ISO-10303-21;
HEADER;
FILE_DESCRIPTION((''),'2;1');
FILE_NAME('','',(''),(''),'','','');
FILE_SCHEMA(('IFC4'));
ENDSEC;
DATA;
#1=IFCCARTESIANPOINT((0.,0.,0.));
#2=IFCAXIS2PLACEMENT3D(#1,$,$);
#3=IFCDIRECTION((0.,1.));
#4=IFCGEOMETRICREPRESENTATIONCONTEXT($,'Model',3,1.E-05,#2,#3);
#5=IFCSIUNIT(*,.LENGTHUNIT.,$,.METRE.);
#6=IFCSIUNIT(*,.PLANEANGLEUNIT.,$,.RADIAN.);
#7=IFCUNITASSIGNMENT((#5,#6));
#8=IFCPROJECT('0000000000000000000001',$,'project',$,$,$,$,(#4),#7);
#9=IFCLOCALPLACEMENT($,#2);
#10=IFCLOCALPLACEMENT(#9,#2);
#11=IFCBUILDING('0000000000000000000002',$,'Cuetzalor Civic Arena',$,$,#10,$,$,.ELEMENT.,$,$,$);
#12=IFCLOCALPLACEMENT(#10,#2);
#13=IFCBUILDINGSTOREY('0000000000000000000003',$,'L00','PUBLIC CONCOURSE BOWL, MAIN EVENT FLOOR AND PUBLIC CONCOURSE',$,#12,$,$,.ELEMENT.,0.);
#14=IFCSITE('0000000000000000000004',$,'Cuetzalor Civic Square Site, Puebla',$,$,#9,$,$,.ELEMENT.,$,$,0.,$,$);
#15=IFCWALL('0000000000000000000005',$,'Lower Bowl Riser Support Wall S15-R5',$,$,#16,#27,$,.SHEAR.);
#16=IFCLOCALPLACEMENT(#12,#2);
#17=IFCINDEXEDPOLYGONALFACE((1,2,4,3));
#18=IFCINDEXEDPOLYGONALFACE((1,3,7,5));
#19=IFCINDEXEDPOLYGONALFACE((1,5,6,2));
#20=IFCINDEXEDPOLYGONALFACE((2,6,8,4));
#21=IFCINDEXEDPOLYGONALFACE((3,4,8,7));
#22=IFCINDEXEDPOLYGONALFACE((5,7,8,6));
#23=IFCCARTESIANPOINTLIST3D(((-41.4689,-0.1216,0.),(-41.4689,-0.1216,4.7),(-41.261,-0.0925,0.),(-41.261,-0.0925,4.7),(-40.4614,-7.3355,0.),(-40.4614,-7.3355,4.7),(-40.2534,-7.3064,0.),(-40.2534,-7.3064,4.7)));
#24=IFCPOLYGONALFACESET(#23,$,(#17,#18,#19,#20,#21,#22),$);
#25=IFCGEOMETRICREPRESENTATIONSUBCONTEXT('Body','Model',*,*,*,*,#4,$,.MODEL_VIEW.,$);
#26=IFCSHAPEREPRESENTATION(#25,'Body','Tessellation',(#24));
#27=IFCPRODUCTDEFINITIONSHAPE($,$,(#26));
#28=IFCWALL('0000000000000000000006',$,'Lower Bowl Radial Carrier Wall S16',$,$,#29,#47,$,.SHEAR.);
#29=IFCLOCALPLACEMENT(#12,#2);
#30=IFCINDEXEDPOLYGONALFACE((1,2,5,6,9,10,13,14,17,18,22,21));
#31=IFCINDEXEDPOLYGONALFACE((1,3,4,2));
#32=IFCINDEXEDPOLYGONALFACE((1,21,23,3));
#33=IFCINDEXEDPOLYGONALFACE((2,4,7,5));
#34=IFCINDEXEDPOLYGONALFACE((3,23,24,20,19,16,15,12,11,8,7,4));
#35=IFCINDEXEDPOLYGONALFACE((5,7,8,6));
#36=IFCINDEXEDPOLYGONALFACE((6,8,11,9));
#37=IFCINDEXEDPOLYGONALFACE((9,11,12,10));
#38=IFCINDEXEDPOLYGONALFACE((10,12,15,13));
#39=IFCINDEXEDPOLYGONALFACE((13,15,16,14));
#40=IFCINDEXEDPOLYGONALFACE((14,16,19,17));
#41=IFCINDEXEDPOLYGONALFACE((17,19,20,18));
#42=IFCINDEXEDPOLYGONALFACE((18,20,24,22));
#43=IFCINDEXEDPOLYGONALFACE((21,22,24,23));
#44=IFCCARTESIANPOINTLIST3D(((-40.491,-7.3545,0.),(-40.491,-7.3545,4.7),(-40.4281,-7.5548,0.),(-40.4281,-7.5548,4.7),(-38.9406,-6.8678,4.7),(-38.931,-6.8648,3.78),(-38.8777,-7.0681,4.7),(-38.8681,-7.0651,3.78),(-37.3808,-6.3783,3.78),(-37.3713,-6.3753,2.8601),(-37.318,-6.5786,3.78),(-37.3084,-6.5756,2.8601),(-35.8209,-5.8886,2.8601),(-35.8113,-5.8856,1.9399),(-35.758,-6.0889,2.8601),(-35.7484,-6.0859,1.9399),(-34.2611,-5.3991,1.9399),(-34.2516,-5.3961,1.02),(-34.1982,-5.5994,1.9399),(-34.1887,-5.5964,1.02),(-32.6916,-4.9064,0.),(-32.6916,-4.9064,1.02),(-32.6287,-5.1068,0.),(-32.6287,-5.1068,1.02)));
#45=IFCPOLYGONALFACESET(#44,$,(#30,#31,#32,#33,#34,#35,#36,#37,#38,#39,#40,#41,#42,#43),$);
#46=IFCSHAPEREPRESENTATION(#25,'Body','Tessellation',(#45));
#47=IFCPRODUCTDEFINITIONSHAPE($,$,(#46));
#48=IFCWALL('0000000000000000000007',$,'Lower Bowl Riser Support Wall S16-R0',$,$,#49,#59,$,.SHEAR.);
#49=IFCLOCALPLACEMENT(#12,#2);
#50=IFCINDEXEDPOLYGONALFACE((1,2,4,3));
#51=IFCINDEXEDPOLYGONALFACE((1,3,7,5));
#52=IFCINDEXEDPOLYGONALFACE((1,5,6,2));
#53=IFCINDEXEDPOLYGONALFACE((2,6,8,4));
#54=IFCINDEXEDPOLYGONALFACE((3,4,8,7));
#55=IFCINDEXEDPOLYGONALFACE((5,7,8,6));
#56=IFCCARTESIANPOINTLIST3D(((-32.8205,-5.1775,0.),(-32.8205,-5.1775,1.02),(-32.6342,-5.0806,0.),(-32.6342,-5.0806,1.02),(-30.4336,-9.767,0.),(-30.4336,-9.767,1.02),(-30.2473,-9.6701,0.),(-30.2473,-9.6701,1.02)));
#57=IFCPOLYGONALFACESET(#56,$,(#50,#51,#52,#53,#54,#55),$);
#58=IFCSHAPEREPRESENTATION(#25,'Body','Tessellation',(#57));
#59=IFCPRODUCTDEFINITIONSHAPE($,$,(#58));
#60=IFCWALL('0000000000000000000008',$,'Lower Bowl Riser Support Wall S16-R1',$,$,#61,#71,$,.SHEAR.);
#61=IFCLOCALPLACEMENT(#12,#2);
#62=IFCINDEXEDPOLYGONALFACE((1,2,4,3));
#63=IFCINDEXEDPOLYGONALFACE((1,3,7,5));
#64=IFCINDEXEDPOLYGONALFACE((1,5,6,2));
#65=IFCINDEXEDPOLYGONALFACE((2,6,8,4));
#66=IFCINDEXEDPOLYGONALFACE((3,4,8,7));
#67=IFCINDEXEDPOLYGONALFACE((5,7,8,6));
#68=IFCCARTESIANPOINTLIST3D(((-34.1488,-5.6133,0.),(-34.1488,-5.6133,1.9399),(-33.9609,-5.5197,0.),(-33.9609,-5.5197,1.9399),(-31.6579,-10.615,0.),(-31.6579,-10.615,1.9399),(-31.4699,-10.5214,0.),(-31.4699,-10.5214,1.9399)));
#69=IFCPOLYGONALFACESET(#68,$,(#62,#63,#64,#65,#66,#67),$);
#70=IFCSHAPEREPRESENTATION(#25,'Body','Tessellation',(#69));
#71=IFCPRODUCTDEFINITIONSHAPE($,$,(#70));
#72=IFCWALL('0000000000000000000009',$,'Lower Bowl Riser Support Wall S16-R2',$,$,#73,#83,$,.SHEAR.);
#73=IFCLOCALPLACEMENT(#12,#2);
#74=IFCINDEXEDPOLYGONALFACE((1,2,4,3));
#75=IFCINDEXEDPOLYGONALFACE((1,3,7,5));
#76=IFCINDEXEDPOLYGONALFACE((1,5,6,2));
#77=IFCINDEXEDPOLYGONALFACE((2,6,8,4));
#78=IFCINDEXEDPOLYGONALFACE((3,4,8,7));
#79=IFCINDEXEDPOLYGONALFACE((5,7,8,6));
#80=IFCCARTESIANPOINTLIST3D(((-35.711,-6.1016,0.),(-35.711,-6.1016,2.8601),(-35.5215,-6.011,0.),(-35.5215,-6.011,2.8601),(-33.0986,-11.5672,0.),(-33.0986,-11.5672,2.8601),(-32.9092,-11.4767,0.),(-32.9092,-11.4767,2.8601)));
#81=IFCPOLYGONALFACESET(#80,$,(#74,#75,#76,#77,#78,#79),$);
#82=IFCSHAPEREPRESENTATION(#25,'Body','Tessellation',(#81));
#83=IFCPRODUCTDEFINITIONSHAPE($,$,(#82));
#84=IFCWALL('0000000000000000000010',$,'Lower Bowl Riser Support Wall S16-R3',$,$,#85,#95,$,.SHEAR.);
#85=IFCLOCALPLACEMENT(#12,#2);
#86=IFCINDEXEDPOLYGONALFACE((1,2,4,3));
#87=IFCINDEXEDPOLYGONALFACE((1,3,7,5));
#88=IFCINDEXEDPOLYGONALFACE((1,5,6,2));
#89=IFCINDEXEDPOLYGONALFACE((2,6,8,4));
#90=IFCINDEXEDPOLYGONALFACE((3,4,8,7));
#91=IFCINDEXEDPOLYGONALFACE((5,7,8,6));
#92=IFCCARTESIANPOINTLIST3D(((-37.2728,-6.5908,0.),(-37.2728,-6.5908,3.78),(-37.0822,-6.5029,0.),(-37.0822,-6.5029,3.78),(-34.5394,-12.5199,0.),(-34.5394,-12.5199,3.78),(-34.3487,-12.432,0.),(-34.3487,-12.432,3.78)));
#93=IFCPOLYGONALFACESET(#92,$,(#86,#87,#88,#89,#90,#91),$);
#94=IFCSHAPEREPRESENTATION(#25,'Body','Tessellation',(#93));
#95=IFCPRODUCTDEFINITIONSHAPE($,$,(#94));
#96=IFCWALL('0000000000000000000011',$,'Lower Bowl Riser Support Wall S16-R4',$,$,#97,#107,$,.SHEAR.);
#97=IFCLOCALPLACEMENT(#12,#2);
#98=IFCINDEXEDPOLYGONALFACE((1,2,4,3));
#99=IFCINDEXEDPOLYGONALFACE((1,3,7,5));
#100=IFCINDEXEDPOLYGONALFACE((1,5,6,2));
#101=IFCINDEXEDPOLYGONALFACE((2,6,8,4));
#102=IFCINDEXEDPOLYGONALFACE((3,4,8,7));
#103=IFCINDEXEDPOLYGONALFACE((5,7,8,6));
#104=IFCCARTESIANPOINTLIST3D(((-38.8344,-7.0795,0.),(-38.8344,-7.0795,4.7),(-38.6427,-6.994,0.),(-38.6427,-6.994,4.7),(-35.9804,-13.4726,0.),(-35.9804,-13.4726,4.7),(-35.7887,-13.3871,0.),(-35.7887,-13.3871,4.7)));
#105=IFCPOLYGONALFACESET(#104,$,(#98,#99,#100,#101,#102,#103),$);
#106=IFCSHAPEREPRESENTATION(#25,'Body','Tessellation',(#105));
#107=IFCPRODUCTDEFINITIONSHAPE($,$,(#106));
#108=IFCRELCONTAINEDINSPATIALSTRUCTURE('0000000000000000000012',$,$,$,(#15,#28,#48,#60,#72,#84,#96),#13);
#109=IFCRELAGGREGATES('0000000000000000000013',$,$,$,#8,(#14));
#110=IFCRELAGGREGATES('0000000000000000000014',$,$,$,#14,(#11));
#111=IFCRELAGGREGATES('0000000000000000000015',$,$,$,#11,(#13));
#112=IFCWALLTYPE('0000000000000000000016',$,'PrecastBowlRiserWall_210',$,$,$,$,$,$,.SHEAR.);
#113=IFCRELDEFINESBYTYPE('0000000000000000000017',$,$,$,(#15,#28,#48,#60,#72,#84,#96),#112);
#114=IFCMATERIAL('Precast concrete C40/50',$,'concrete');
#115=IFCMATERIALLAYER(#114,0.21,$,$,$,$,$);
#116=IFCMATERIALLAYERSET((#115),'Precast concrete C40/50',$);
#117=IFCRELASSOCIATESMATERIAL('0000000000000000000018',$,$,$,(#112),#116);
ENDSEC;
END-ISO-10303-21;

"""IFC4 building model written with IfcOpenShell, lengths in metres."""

from ifc_helpers import new_model, si_unit, direction, frame, frame_2d, origin, place, context, subcontext, project, spatial, polyline, rectangle, outline, extrude, material, layer, layer_set, type_object, element, save


model = new_model("IFC4")

# Units and contexts
model_context = context("Model", 3, precision=1e-05, world=origin(), true_north=direction((0.0, 1.0)))
body_context = subcontext(model_context, "Body", "Model", "MODEL_VIEW")
ifc_project = project(units=[si_unit("LENGTHUNIT", "METRE"), si_unit("PLANEANGLEUNIT", "RADIAN")], contexts=[model_context])

# Site, building, storey
site_placement = place(None, origin())
site = spatial("IfcSite", under=ifc_project, at=site_placement, Name="Cuetzalor Civic Square Site, Puebla", CompositionType="ELEMENT", RefElevation=0.0)
building_placement = place(site_placement, origin())
building = spatial("IfcBuilding", under=site, at=building_placement, Name="Cuetzalor Civic Arena", CompositionType="ELEMENT")
storey_placement = place(building_placement, origin())
storey = spatial("IfcBuildingStorey", under=building, at=storey_placement, Name="L00", Description="PUBLIC CONCOURSE BOWL, MAIN EVENT FLOOR AND PUBLIC CONCOURSE", CompositionType="ELEMENT", Elevation=0.0)

# Walls
ifc_material_1 = material(Name="Precast concrete C40/50", Category="concrete")
ifc_layer = layer(ifc_material_1, 0.21)
ifc_layer_set = layer_set([ifc_layer], Name="Precast concrete C40/50")
wall_type = type_object("IfcWallType", Name="PrecastBowlRiserWall_210", PredefinedType="SHEAR", material=ifc_layer_set)
wall_1_placement = place(storey_placement, frame((-41.365, -0.1069, 0.0), z_axis=(0.0, 0.0, 1.0), x_axis=(0.138328, -0.990386, 0.0)))
element("IfcWall", 1, at=wall_1_placement, inside=storey, type_object=wall_type, Name="Lower Bowl Riser Support Wall S15-R5", PredefinedType="SHEAR", context=body_context, shape_type="SweptSolid", body=[
    extrude(rectangle(XDim=7.2839, YDim=0.21, at=frame_2d((3.6421, 0.0))), origin(), (0.0, 0.0, 1.0), 4.7),
])
wall_2_placement = place(storey_placement, frame((-32.6602, -5.0066, 0.0), z_axis=(0.0, 0.0, 1.0), x_axis=(-0.954106, -0.299469, 0.0)))
element("IfcWall", 2, at=wall_2_placement, inside=storey, type_object=wall_type, Name="Lower Bowl Radial Carrier Wall S16", PredefinedType="SHEAR", context=body_context, shape_type="SweptSolid", body=[
    extrude(outline(polyline([(0.0, 0.0), (8.1746, 0.0), (8.1746, 4.7), (6.5496, 4.7), (6.5396, 3.78), (4.9148, 3.78), (4.9048, 2.8601), (3.2798, 2.8601), (3.2698, 1.9399), (1.645, 1.9399), (1.635, 1.02), (0.0, 1.02), (0.0, 0.0)])), frame((0.0, 0.105, 0.0), z_axis=(0.0, -1.0, 0.0), x_axis=(1.0, 0.0, 0.0)), (0.0, 0.0, 1.0), 0.21),
])
wall_3_placement = place(storey_placement, frame((-32.7273, -5.1292, 0.0), z_axis=(0.0, 0.0, 1.0), x_axis=(0.461409, -0.887187, 0.0)))
element("IfcWall", 3, at=wall_3_placement, inside=storey, type_object=wall_type, Name="Lower Bowl Riser Support Wall S16-R0", PredefinedType="SHEAR", context=body_context, shape_type="SweptSolid", body=[
    extrude(rectangle(XDim=5.1731, YDim=0.21, at=frame_2d((2.5864, 0.0))), origin(), (0.0, 0.0, 1.0), 1.02),
])
wall_4_placement = place(storey_placement, frame((-34.0549, -5.5664, 0.0), z_axis=(0.0, 0.0, 1.0), x_axis=(0.445797, -0.895134, 0.0)))
element("IfcWall", 4, at=wall_4_placement, inside=storey, type_object=wall_type, Name="Lower Bowl Riser Support Wall S16-R1", PredefinedType="SHEAR", context=body_context, shape_type="SweptSolid", body=[
    extrude(rectangle(XDim=5.5876, YDim=0.21, at=frame_2d((2.7939, 0.0))), origin(), (0.0, 0.0, 1.0), 1.9399),
])
wall_5_placement = place(storey_placement, frame((-35.6162, -6.0564, 0.0), z_axis=(0.0, 0.0, 1.0), x_axis=(0.431232, -0.902241, 0.0)))
element("IfcWall", 5, at=wall_5_placement, inside=storey, type_object=wall_type, Name="Lower Bowl Riser Support Wall S16-R2", PredefinedType="SHEAR", context=body_context, shape_type="SweptSolid", body=[
    extrude(rectangle(XDim=6.0579, YDim=0.21, at=frame_2d((3.0288, 0.0))), origin(), (0.0, 0.0, 1.0), 2.8601),
])
wall_6_placement = place(storey_placement, frame((-37.1775, -6.5469, 0.0), z_axis=(0.0, 0.0, 1.0), x_axis=(0.418674, -0.908137, 0.0)))
element("IfcWall", 6, at=wall_6_placement, inside=storey, type_object=wall_type, Name="Lower Bowl Riser Support Wall S16-R3", PredefinedType="SHEAR", context=body_context, shape_type="SweptSolid", body=[
    extrude(rectangle(XDim=6.5288, YDim=0.21, at=frame_2d((3.2644, 0.0))), origin(), (0.0, 0.0, 1.0), 3.78),
])
wall_7_placement = place(storey_placement, frame((-38.7385, -7.0369, 0.0), z_axis=(0.0, 0.0, 1.0), x_axis=(0.407646, -0.91314, 0.0)))
element("IfcWall", 7, at=wall_7_placement, inside=storey, type_object=wall_type, Name="Lower Bowl Riser Support Wall S16-R4", PredefinedType="SHEAR", context=body_context, shape_type="SweptSolid", body=[
    extrude(rectangle(XDim=7.0012, YDim=0.21, at=frame_2d((3.5005, 0.0))), origin(), (0.0, 0.0, 1.0), 4.7),
])

save(model, "model.ifc")
